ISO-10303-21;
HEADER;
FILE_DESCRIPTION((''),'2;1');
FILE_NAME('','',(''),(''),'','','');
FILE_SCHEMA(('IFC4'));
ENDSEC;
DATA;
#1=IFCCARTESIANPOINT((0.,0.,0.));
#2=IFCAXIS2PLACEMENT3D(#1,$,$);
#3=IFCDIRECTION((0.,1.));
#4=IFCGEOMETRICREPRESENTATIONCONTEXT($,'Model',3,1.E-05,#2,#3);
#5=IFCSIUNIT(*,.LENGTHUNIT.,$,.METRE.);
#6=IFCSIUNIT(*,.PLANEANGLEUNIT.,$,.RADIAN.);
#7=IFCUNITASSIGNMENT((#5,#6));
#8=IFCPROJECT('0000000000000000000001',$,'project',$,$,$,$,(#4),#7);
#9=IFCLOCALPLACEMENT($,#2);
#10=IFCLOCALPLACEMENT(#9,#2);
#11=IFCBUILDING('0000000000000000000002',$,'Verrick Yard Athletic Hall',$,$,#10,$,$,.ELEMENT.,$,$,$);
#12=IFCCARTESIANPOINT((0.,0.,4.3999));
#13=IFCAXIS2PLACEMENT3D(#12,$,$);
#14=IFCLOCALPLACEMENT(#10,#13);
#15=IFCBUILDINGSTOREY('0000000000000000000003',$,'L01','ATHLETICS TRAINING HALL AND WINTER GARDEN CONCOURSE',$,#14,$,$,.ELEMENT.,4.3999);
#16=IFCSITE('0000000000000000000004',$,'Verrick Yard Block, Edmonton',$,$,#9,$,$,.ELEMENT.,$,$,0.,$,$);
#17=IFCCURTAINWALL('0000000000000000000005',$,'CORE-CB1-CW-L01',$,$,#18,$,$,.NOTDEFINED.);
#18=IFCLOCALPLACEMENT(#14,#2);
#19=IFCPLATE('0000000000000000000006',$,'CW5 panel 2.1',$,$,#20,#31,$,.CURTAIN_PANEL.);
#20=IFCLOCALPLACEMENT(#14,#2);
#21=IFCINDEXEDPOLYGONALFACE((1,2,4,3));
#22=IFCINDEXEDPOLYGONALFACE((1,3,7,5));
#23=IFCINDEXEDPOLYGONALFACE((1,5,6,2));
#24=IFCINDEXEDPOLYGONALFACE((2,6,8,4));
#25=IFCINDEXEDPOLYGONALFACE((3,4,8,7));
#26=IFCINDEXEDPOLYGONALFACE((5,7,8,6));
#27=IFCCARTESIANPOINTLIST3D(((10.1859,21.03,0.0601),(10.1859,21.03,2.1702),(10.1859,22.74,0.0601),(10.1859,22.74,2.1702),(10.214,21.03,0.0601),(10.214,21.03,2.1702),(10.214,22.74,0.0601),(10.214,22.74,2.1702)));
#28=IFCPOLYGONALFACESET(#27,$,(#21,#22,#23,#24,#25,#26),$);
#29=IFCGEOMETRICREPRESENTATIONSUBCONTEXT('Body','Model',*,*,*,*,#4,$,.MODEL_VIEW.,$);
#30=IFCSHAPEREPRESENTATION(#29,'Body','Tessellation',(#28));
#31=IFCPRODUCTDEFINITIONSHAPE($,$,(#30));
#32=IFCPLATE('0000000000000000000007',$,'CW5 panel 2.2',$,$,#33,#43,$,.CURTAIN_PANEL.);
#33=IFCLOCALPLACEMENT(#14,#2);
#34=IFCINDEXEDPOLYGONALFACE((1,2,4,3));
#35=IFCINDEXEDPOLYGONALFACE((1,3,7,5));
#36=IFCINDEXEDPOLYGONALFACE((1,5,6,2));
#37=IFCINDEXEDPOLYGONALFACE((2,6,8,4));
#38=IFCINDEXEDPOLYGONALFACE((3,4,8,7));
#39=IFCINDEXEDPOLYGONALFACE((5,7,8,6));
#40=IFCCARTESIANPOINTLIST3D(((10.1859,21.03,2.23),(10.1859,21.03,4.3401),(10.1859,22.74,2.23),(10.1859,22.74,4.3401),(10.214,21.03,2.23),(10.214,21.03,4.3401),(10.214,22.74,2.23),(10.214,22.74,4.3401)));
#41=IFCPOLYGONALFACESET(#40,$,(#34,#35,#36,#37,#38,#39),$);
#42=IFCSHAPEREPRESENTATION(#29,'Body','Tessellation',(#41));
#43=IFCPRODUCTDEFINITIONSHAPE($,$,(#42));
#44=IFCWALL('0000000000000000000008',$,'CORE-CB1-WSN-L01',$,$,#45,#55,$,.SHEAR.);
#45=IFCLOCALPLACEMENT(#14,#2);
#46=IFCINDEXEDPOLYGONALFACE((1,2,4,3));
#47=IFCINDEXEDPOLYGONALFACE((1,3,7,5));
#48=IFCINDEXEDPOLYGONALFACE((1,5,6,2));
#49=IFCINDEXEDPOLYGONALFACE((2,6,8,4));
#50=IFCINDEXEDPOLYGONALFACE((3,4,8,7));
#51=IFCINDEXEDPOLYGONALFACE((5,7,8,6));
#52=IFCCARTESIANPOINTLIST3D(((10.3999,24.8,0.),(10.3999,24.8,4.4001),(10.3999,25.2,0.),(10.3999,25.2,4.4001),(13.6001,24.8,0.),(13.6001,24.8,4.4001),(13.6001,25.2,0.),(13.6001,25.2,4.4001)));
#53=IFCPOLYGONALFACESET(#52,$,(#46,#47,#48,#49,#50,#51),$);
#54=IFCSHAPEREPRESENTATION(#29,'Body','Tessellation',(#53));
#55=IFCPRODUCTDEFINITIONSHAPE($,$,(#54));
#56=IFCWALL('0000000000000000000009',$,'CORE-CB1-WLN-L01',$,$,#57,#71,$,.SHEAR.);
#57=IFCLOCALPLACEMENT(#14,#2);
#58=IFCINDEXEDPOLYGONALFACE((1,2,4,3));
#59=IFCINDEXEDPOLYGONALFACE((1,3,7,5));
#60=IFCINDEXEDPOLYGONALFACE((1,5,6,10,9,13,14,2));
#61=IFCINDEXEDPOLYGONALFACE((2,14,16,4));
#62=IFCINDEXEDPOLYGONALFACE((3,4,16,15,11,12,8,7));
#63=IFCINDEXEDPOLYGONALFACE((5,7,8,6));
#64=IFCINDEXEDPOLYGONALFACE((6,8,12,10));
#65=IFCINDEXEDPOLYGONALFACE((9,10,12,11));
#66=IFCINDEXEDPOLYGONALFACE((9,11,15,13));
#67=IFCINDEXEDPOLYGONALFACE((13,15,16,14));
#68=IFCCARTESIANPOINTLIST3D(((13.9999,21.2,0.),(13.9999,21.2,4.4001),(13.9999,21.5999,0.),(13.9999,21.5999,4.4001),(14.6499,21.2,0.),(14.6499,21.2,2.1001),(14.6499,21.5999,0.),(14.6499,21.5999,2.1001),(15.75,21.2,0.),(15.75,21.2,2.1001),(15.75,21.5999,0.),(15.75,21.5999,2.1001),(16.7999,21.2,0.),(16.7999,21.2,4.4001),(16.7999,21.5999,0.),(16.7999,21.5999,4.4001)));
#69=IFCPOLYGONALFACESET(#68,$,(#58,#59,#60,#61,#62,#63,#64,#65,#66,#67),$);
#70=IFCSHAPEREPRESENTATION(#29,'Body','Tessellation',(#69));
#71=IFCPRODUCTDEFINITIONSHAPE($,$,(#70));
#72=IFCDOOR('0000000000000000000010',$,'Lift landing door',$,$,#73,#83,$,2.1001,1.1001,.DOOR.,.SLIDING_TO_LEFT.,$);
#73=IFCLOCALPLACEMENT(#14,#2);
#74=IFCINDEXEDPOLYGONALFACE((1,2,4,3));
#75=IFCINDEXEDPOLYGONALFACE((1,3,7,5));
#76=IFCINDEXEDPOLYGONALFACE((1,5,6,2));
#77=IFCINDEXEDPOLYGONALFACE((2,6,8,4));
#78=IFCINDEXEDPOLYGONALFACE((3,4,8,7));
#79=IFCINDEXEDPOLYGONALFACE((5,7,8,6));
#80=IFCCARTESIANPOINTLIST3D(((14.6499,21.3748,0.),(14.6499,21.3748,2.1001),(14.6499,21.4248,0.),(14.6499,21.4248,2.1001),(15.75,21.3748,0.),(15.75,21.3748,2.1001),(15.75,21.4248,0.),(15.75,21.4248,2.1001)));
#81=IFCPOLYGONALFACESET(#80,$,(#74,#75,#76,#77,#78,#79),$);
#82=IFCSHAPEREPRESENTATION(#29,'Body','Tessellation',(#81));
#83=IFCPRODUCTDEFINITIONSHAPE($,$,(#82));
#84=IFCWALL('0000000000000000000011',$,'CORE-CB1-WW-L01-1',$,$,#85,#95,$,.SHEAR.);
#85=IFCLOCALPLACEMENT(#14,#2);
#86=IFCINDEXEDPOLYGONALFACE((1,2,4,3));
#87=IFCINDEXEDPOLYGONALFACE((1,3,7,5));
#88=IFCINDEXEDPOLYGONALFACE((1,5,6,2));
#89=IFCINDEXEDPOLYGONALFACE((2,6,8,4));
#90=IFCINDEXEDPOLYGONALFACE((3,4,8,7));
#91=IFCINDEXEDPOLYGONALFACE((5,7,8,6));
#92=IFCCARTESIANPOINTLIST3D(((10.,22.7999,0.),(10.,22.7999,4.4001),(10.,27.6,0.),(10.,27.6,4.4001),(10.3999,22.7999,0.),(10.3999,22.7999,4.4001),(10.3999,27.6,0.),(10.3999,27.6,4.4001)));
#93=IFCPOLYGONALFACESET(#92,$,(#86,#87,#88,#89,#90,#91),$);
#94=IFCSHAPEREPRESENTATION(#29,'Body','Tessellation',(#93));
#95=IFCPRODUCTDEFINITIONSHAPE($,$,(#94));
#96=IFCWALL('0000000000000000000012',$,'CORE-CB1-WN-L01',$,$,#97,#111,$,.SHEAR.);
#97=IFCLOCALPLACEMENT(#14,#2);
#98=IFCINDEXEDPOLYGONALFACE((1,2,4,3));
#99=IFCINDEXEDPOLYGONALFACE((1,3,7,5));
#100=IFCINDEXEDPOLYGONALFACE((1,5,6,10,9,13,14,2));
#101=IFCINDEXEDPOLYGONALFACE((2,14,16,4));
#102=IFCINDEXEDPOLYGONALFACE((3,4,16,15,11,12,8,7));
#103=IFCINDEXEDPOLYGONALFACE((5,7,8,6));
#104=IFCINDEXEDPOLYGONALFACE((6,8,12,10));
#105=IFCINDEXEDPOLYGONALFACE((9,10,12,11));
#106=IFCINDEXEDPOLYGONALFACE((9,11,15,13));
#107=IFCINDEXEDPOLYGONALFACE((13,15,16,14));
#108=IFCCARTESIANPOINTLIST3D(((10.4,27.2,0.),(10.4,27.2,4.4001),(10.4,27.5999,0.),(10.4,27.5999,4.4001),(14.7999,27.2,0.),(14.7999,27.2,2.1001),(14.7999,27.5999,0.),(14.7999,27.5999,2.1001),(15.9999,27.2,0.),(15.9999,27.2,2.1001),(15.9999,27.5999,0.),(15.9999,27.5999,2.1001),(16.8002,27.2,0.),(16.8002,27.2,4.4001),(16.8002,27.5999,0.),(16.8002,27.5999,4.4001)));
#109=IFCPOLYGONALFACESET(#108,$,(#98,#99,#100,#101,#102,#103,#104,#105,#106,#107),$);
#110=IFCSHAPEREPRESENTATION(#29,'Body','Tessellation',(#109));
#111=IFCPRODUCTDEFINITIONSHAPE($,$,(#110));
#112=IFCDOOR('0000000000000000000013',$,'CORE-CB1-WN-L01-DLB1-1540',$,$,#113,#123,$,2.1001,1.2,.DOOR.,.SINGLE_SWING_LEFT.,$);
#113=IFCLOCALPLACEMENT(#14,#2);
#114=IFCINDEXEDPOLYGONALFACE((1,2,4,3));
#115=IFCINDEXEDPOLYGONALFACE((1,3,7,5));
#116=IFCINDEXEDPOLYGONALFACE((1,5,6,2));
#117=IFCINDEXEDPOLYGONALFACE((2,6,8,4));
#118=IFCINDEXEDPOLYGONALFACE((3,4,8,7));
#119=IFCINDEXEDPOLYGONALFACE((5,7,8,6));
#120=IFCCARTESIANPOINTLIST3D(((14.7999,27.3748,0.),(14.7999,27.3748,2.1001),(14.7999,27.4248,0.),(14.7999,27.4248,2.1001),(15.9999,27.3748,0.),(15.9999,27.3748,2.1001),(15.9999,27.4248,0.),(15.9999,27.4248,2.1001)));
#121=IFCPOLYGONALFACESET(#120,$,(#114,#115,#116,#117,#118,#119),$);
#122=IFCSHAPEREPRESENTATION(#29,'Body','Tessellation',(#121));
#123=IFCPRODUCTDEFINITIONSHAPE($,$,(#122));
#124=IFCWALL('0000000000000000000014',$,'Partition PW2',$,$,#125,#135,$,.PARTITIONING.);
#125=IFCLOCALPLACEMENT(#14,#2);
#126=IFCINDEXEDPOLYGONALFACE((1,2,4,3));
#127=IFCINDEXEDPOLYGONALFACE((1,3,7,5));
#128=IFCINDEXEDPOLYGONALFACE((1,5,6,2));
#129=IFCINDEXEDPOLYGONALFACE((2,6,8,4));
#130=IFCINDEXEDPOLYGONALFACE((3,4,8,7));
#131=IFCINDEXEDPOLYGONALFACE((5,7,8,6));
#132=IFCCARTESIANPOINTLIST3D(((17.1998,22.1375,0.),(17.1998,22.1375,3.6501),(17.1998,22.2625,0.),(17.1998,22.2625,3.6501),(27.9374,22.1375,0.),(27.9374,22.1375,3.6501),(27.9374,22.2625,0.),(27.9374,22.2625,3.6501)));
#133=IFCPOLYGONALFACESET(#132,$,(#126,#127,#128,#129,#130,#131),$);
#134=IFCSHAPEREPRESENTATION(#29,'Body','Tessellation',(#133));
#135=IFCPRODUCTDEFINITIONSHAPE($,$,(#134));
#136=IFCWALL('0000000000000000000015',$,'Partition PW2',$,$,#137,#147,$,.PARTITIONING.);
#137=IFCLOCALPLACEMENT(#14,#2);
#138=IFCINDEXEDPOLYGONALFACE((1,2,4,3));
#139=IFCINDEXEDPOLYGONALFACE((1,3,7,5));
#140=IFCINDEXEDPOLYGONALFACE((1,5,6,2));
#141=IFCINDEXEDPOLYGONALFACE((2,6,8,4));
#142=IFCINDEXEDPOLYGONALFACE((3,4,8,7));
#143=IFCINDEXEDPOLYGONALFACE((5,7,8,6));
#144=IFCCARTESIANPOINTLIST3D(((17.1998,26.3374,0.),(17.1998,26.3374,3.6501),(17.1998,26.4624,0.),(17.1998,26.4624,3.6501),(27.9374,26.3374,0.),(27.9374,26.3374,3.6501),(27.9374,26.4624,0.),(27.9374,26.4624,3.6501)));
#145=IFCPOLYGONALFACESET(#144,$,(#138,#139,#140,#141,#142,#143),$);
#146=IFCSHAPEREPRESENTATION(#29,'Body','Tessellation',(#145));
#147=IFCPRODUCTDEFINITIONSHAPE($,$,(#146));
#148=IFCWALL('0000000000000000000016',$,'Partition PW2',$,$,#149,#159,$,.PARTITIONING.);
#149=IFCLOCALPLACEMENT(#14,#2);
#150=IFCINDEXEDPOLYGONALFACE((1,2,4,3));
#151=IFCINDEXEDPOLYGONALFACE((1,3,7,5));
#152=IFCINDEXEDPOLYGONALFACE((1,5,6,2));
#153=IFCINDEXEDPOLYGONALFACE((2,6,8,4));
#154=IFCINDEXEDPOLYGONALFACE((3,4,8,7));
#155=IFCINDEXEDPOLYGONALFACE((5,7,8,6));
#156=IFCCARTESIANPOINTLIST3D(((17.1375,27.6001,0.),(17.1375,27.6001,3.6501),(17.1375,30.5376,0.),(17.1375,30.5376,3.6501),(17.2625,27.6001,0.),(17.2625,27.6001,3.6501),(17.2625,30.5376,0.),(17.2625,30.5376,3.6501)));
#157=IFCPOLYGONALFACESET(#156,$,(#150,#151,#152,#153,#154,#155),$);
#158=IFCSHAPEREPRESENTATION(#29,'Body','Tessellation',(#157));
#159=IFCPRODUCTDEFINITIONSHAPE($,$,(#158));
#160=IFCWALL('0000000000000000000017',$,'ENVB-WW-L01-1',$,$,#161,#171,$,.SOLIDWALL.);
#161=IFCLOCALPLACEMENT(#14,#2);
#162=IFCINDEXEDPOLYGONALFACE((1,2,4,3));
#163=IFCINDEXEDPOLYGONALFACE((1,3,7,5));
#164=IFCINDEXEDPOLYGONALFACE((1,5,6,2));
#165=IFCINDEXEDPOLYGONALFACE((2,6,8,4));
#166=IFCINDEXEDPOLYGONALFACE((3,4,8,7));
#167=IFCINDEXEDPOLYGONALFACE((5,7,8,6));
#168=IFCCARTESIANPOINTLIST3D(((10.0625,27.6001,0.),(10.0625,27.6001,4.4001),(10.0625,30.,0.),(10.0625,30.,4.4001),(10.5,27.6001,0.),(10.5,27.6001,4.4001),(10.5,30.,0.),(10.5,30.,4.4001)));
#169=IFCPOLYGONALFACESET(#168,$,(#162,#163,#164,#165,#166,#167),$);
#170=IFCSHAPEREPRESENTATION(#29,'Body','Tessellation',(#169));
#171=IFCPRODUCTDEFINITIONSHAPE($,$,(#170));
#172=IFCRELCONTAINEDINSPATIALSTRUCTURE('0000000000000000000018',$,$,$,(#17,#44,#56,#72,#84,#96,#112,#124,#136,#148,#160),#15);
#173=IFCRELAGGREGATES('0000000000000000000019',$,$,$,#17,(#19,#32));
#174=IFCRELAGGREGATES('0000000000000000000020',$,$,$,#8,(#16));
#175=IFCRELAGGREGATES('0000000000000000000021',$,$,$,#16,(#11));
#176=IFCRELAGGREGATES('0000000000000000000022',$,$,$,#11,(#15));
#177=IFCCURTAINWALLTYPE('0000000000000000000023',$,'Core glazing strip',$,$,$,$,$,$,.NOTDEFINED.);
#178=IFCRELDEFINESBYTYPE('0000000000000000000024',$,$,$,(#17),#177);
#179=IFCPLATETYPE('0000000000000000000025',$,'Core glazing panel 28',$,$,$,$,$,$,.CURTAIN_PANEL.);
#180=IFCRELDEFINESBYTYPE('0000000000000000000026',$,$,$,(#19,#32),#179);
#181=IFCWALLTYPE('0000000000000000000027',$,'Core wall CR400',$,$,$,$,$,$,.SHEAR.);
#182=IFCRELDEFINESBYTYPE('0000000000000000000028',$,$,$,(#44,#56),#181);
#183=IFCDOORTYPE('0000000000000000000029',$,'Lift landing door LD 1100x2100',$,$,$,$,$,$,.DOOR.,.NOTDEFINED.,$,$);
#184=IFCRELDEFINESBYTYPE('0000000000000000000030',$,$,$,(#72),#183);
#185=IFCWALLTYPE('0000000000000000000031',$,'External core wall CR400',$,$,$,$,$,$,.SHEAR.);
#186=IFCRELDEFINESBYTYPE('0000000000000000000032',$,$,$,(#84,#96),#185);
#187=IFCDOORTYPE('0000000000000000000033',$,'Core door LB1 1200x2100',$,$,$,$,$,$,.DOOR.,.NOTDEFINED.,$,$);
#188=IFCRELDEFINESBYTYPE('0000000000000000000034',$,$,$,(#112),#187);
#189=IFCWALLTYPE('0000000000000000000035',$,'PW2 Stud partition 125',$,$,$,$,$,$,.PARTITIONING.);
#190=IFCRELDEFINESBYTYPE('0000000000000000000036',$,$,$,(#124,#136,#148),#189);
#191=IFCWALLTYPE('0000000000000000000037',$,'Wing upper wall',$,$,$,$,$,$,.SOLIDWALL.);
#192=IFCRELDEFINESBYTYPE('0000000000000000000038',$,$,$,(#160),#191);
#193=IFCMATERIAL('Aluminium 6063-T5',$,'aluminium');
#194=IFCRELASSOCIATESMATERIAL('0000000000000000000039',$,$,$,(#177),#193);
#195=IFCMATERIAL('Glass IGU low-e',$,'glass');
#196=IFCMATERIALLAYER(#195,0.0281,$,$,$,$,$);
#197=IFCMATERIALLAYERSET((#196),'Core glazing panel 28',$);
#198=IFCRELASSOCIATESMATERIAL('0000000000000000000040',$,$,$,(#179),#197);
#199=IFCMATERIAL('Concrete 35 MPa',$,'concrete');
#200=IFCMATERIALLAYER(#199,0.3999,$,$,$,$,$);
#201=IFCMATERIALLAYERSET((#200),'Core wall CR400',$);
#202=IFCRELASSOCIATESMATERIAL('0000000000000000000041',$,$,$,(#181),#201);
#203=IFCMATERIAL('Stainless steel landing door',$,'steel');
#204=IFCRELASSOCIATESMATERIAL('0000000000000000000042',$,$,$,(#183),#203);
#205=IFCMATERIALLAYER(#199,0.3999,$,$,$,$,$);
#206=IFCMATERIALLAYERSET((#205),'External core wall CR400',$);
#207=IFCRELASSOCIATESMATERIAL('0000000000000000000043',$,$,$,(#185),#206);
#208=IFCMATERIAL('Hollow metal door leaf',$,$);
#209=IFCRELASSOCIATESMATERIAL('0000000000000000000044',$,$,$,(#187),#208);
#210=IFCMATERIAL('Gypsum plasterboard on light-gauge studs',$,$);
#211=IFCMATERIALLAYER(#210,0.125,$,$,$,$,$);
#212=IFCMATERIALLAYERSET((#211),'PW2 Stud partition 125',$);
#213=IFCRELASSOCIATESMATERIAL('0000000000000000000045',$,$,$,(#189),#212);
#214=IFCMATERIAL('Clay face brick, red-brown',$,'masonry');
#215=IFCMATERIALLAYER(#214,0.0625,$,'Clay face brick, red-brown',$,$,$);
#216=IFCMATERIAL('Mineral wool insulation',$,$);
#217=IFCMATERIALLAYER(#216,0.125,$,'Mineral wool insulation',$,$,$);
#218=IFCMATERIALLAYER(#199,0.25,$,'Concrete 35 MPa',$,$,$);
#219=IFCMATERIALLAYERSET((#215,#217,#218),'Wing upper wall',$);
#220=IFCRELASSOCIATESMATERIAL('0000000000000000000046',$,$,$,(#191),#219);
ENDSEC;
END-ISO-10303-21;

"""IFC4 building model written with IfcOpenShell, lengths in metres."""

from ifc_helpers import new_model, si_unit, direction, frame, frame_2d, origin, origin_2d, place, context, subcontext, project, spatial, rectangle, extrude, material, layer, layer_set, type_object, element, fill, aggregate, save


model = new_model("IFC4")

# Units and contexts
model_context = context("Model", 3, precision=1e-05, world=origin(), true_north=direction((0.0, 1.0)))
body_context = subcontext(model_context, "Body", "Model", "MODEL_VIEW")
ifc_project = project(units=[si_unit("LENGTHUNIT", "METRE"), si_unit("PLANEANGLEUNIT", "RADIAN")], contexts=[model_context])

# Site, building, storey
site_placement = place(None, origin())
site = spatial("IfcSite", under=ifc_project, at=site_placement, Name="Verrick Yard Block, Edmonton", CompositionType="ELEMENT", RefElevation=0.0)
building_placement = place(site_placement, origin())
building = spatial("IfcBuilding", under=site, at=building_placement, Name="Verrick Yard Athletic Hall", CompositionType="ELEMENT")
storey_placement = place(building_placement, frame((0.0, 0.0, 4.3999)))
storey = spatial("IfcBuildingStorey", under=building, at=storey_placement, Name="L01", Description="ATHLETICS TRAINING HALL AND WINTER GARDEN CONCOURSE", CompositionType="ELEMENT", Elevation=4.3999)

# Curtain wall
ifc_material_1 = material(Name="Aluminium 6063-T5", Category="aluminium")
curtain_wall_type = type_object("IfcCurtainWallType", Name="Core glazing strip", PredefinedType="NOTDEFINED", material=ifc_material_1)
curtain_wall_placement = place(storey_placement, origin())
curtain_wall = element("IfcCurtainWall", 1, at=curtain_wall_placement, inside=storey, type_object=curtain_wall_type, Name="CORE-CB1-CW-L01", PredefinedType="NOTDEFINED")

# Plates
ifc_material_2 = material(Name="Glass IGU low-e", Category="glass")
ifc_layer_1 = layer(ifc_material_2, 0.0281)
ifc_layer_set_1 = layer_set([ifc_layer_1], Name="Core glazing panel 28")
plate_type = type_object("IfcPlateType", Name="Core glazing panel 28", PredefinedType="CURTAIN_PANEL", material=ifc_layer_set_1)
plate_1_placement = place(storey_placement, frame((10.2, 21.885, 0.0601), z_axis=(0.0, 0.0, 1.0), x_axis=(0.0, 1.0, 0.0)))
plate_1 = element("IfcPlate", 2, at=plate_1_placement, type_object=plate_type, Name="CW5 panel 2.1", PredefinedType="CURTAIN_PANEL", context=body_context, shape_type="SweptSolid", body=[
    extrude(rectangle(XDim=1.71, YDim=0.0281, at=origin_2d()), origin(), (0.0, 0.0, 1.0), 2.1101),
])
plate_2_placement = place(storey_placement, frame((10.2, 21.885, 2.23), z_axis=(0.0, 0.0, 1.0), x_axis=(0.0, 1.0, 0.0)))
plate_2 = element("IfcPlate", 3, at=plate_2_placement, type_object=plate_type, Name="CW5 panel 2.2", PredefinedType="CURTAIN_PANEL", context=body_context, shape_type="SweptSolid", body=[
    extrude(rectangle(XDim=1.71, YDim=0.0281, at=origin_2d()), origin(), (0.0, 0.0, 1.0), 2.1101),
])
aggregate(curtain_wall, [plate_1, plate_2])

# Wall
ifc_material_3 = material(Name="Concrete 35 MPa", Category="concrete")
ifc_layer_2 = layer(ifc_material_3, 0.3999)
ifc_layer_set_2 = layer_set([ifc_layer_2], Name="Core wall CR400")
wall_type_1 = type_object("IfcWallType", Name="Core wall CR400", PredefinedType="SHEAR", material=ifc_layer_set_2)
wall_1_placement = place(storey_placement, frame((10.3999, 25.0, 0.0), z_axis=(0.0, 0.0, 1.0), x_axis=(1.0, 0.0, 0.0)))
element("IfcWall", 4, at=wall_1_placement, inside=storey, type_object=wall_type_1, Name="CORE-CB1-WSN-L01", PredefinedType="SHEAR", context=body_context, shape_type="SweptSolid", body=[
    extrude(rectangle(XDim=3.2002, YDim=0.3999, at=frame_2d((1.6001, 0.0))), origin(), (0.0, 0.0, 1.0), 4.4001),
])

# Wall, opening, door
wall_2_placement = place(storey_placement, frame((14.0, 21.3999, 0.0), z_axis=(0.0, 0.0, 1.0), x_axis=(1.0, 0.0, 0.0)))
wall_2 = element("IfcWall", 5, at=wall_2_placement, inside=storey, type_object=wall_type_1, Name="CORE-CB1-WLN-L01", PredefinedType="SHEAR", context=body_context, shape_type="SweptSolid", body=[
    extrude(rectangle(XDim=2.8, YDim=0.3999, at=frame_2d((1.3999, 0.0))), origin(), (0.0, 0.0, 1.0), 4.4001),
])
opening_1_placement = place(wall_2_placement, frame((0.6499, 0.0, 0.0)))
opening_1 = element("IfcOpeningElement", 6, at=opening_1_placement, cuts=wall_2, PredefinedType="OPENING", context=body_context, shape_type="SweptSolid", body=[
    extrude(rectangle(XDim=1.1001, YDim=2.1001, at=frame_2d((0.55, 1.05))), frame((0.0, 0.21, 0.0), z_axis=(0.0, -1.0, 0.0), x_axis=(1.0, 0.0, 0.0)), (0.0, 0.0, 1.0), 0.4199),
])
ifc_material_4 = material(Name="Stainless steel landing door", Category="steel")
door_type_1 = type_object("IfcDoorType", Name="Lift landing door LD 1100x2100", OperationType="NOTDEFINED", PredefinedType="DOOR", material=ifc_material_4)
door_1_placement = place(opening_1_placement, origin())
door_1 = element("IfcDoor", 7, at=door_1_placement, inside=storey, type_object=door_type_1, Name="Lift landing door", OperationType="SLIDING_TO_LEFT", OverallHeight=2.1001, OverallWidth=1.1001, PredefinedType="DOOR", context=body_context, shape_type="SweptSolid", body=[
    extrude(rectangle(XDim=1.1001, YDim=2.1001, at=frame_2d((0.55, 1.05))), frame((0.0, 0.0249, 0.0), z_axis=(0.0, -1.0, 0.0), x_axis=(1.0, 0.0, 0.0)), (0.0, 0.0, 1.0), 0.05),
])
fill(opening_1, door_1)

# Wall
ifc_layer_3 = layer(ifc_material_3, 0.3999)
ifc_layer_set_3 = layer_set([ifc_layer_3], Name="External core wall CR400")
wall_type_2 = type_object("IfcWallType", Name="External core wall CR400", PredefinedType="SHEAR", material=ifc_layer_set_3)
wall_3_placement = place(storey_placement, frame((10.2, 22.8, 0.0), z_axis=(0.0, 0.0, 1.0), x_axis=(0.0, 1.0, 0.0)))
element("IfcWall", 8, at=wall_3_placement, inside=storey, type_object=wall_type_2, Name="CORE-CB1-WW-L01-1", PredefinedType="SHEAR", context=body_context, shape_type="SweptSolid", body=[
    extrude(rectangle(XDim=4.8, YDim=0.3999, at=frame_2d((2.3999, 0.0))), origin(), (0.0, 0.0, 1.0), 4.4001),
])

# Wall, opening, door
wall_4_placement = place(storey_placement, frame((10.3999, 27.3999, 0.0), z_axis=(0.0, 0.0, 1.0), x_axis=(1.0, 0.0, 0.0)))
wall_4 = element("IfcWall", 9, at=wall_4_placement, inside=storey, type_object=wall_type_2, Name="CORE-CB1-WN-L01", PredefinedType="SHEAR", context=body_context, shape_type="SweptSolid", body=[
    extrude(rectangle(XDim=6.4001, YDim=0.3999, at=frame_2d((3.2002, 0.0))), origin(), (0.0, 0.0, 1.0), 4.4001),
])
opening_2_placement = place(wall_4_placement, frame((4.3999, 0.0, 0.0)))
opening_2 = element("IfcOpeningElement", 10, at=opening_2_placement, cuts=wall_4, PredefinedType="OPENING", context=body_context, shape_type="SweptSolid", body=[
    extrude(rectangle(XDim=1.2, YDim=2.1001, at=frame_2d((0.6001, 1.05))), frame((0.0, 0.21, 0.0), z_axis=(0.0, -1.0, 0.0), x_axis=(1.0, 0.0, 0.0)), (0.0, 0.0, 1.0), 0.4199),
])
ifc_material_5 = material(Name="Hollow metal door leaf")
door_type_2 = type_object("IfcDoorType", Name="Core door LB1 1200x2100", OperationType="NOTDEFINED", PredefinedType="DOOR", material=ifc_material_5)
door_2_placement = place(opening_2_placement, origin())
door_2 = element("IfcDoor", 11, at=door_2_placement, inside=storey, type_object=door_type_2, Name="CORE-CB1-WN-L01-DLB1-1540", OperationType="SINGLE_SWING_LEFT", OverallHeight=2.1001, OverallWidth=1.2, PredefinedType="DOOR", context=body_context, shape_type="SweptSolid", body=[
    extrude(rectangle(XDim=1.2, YDim=2.1001, at=frame_2d((0.6001, 1.05))), frame((0.0, 0.0249, 0.0), z_axis=(0.0, -1.0, 0.0), x_axis=(1.0, 0.0, 0.0)), (0.0, 0.0, 1.0), 0.05),
])
fill(opening_2, door_2)

# Walls
ifc_material_6 = material(Name="Gypsum plasterboard on light-gauge studs")
ifc_layer_4 = layer(ifc_material_6, 0.125)
ifc_layer_set_4 = layer_set([ifc_layer_4], Name="PW2 Stud partition 125")
wall_type_3 = type_object("IfcWallType", Name="PW2 Stud partition 125", PredefinedType="PARTITIONING", material=ifc_layer_set_4)
for number, where, z_axis, x_axis, name in (
    (12, (17.2, 22.2, 0.0), (0.0, 0.0, 1.0), (1.0, 0.0, 0.0), "Partition PW2"),
    (13, (17.2, 26.3999, 0.0), (0.0, 0.0, 1.0), (1.0, 0.0, 0.0), "Partition PW2"),
):
    element("IfcWall", number, at=place(storey_placement, frame(where, z_axis=z_axis, x_axis=x_axis)), inside=storey, type_object=wall_type_3, Name=name, PredefinedType="PARTITIONING", context=body_context, shape_type="SweptSolid", body=[
        extrude(rectangle(XDim=10.7375, YDim=0.125, at=frame_2d((5.3687, 0.0))), origin(), (0.0, 0.0, 1.0), 3.6501),
    ])
wall_5_placement = place(storey_placement, frame((17.2, 27.6001, 0.0), z_axis=(0.0, 0.0, 1.0), x_axis=(0.0, 1.0, 0.0)))
element("IfcWall", 14, at=wall_5_placement, inside=storey, type_object=wall_type_3, Name="Partition PW2", PredefinedType="PARTITIONING", context=body_context, shape_type="SweptSolid", body=[
    extrude(rectangle(XDim=2.9375, YDim=0.125, at=frame_2d((1.4688, 0.0))), origin(), (0.0, 0.0, 1.0), 3.6501),
])
ifc_material_7 = material(Name="Clay face brick, red-brown", Category="masonry")
ifc_layer_5 = layer(ifc_material_7, 0.0625, Name="Clay face brick, red-brown")
ifc_material_8 = material(Name="Mineral wool insulation")
ifc_layer_6 = layer(ifc_material_8, 0.125, Name="Mineral wool insulation")
ifc_layer_7 = layer(ifc_material_3, 0.25, Name="Concrete 35 MPa")
ifc_layer_set_5 = layer_set([ifc_layer_5, ifc_layer_6, ifc_layer_7], Name="Wing upper wall")
wall_type_4 = type_object("IfcWallType", Name="Wing upper wall", PredefinedType="SOLIDWALL", material=ifc_layer_set_5)
wall_6_placement = place(storey_placement, frame((10.2812, 27.6001, 0.0), z_axis=(0.0, 0.0, 1.0), x_axis=(0.0, 1.0, 0.0)))
element("IfcWall", 15, at=wall_6_placement, inside=storey, type_object=wall_type_4, Name="ENVB-WW-L01-1", PredefinedType="SOLIDWALL", context=body_context, shape_type="SweptSolid", body=[
    extrude(rectangle(XDim=2.3999, YDim=0.4375, at=frame_2d((1.2, 0.0))), origin(), (0.0, 0.0, 1.0), 4.4001),
])

save(model, "model.ifc")
